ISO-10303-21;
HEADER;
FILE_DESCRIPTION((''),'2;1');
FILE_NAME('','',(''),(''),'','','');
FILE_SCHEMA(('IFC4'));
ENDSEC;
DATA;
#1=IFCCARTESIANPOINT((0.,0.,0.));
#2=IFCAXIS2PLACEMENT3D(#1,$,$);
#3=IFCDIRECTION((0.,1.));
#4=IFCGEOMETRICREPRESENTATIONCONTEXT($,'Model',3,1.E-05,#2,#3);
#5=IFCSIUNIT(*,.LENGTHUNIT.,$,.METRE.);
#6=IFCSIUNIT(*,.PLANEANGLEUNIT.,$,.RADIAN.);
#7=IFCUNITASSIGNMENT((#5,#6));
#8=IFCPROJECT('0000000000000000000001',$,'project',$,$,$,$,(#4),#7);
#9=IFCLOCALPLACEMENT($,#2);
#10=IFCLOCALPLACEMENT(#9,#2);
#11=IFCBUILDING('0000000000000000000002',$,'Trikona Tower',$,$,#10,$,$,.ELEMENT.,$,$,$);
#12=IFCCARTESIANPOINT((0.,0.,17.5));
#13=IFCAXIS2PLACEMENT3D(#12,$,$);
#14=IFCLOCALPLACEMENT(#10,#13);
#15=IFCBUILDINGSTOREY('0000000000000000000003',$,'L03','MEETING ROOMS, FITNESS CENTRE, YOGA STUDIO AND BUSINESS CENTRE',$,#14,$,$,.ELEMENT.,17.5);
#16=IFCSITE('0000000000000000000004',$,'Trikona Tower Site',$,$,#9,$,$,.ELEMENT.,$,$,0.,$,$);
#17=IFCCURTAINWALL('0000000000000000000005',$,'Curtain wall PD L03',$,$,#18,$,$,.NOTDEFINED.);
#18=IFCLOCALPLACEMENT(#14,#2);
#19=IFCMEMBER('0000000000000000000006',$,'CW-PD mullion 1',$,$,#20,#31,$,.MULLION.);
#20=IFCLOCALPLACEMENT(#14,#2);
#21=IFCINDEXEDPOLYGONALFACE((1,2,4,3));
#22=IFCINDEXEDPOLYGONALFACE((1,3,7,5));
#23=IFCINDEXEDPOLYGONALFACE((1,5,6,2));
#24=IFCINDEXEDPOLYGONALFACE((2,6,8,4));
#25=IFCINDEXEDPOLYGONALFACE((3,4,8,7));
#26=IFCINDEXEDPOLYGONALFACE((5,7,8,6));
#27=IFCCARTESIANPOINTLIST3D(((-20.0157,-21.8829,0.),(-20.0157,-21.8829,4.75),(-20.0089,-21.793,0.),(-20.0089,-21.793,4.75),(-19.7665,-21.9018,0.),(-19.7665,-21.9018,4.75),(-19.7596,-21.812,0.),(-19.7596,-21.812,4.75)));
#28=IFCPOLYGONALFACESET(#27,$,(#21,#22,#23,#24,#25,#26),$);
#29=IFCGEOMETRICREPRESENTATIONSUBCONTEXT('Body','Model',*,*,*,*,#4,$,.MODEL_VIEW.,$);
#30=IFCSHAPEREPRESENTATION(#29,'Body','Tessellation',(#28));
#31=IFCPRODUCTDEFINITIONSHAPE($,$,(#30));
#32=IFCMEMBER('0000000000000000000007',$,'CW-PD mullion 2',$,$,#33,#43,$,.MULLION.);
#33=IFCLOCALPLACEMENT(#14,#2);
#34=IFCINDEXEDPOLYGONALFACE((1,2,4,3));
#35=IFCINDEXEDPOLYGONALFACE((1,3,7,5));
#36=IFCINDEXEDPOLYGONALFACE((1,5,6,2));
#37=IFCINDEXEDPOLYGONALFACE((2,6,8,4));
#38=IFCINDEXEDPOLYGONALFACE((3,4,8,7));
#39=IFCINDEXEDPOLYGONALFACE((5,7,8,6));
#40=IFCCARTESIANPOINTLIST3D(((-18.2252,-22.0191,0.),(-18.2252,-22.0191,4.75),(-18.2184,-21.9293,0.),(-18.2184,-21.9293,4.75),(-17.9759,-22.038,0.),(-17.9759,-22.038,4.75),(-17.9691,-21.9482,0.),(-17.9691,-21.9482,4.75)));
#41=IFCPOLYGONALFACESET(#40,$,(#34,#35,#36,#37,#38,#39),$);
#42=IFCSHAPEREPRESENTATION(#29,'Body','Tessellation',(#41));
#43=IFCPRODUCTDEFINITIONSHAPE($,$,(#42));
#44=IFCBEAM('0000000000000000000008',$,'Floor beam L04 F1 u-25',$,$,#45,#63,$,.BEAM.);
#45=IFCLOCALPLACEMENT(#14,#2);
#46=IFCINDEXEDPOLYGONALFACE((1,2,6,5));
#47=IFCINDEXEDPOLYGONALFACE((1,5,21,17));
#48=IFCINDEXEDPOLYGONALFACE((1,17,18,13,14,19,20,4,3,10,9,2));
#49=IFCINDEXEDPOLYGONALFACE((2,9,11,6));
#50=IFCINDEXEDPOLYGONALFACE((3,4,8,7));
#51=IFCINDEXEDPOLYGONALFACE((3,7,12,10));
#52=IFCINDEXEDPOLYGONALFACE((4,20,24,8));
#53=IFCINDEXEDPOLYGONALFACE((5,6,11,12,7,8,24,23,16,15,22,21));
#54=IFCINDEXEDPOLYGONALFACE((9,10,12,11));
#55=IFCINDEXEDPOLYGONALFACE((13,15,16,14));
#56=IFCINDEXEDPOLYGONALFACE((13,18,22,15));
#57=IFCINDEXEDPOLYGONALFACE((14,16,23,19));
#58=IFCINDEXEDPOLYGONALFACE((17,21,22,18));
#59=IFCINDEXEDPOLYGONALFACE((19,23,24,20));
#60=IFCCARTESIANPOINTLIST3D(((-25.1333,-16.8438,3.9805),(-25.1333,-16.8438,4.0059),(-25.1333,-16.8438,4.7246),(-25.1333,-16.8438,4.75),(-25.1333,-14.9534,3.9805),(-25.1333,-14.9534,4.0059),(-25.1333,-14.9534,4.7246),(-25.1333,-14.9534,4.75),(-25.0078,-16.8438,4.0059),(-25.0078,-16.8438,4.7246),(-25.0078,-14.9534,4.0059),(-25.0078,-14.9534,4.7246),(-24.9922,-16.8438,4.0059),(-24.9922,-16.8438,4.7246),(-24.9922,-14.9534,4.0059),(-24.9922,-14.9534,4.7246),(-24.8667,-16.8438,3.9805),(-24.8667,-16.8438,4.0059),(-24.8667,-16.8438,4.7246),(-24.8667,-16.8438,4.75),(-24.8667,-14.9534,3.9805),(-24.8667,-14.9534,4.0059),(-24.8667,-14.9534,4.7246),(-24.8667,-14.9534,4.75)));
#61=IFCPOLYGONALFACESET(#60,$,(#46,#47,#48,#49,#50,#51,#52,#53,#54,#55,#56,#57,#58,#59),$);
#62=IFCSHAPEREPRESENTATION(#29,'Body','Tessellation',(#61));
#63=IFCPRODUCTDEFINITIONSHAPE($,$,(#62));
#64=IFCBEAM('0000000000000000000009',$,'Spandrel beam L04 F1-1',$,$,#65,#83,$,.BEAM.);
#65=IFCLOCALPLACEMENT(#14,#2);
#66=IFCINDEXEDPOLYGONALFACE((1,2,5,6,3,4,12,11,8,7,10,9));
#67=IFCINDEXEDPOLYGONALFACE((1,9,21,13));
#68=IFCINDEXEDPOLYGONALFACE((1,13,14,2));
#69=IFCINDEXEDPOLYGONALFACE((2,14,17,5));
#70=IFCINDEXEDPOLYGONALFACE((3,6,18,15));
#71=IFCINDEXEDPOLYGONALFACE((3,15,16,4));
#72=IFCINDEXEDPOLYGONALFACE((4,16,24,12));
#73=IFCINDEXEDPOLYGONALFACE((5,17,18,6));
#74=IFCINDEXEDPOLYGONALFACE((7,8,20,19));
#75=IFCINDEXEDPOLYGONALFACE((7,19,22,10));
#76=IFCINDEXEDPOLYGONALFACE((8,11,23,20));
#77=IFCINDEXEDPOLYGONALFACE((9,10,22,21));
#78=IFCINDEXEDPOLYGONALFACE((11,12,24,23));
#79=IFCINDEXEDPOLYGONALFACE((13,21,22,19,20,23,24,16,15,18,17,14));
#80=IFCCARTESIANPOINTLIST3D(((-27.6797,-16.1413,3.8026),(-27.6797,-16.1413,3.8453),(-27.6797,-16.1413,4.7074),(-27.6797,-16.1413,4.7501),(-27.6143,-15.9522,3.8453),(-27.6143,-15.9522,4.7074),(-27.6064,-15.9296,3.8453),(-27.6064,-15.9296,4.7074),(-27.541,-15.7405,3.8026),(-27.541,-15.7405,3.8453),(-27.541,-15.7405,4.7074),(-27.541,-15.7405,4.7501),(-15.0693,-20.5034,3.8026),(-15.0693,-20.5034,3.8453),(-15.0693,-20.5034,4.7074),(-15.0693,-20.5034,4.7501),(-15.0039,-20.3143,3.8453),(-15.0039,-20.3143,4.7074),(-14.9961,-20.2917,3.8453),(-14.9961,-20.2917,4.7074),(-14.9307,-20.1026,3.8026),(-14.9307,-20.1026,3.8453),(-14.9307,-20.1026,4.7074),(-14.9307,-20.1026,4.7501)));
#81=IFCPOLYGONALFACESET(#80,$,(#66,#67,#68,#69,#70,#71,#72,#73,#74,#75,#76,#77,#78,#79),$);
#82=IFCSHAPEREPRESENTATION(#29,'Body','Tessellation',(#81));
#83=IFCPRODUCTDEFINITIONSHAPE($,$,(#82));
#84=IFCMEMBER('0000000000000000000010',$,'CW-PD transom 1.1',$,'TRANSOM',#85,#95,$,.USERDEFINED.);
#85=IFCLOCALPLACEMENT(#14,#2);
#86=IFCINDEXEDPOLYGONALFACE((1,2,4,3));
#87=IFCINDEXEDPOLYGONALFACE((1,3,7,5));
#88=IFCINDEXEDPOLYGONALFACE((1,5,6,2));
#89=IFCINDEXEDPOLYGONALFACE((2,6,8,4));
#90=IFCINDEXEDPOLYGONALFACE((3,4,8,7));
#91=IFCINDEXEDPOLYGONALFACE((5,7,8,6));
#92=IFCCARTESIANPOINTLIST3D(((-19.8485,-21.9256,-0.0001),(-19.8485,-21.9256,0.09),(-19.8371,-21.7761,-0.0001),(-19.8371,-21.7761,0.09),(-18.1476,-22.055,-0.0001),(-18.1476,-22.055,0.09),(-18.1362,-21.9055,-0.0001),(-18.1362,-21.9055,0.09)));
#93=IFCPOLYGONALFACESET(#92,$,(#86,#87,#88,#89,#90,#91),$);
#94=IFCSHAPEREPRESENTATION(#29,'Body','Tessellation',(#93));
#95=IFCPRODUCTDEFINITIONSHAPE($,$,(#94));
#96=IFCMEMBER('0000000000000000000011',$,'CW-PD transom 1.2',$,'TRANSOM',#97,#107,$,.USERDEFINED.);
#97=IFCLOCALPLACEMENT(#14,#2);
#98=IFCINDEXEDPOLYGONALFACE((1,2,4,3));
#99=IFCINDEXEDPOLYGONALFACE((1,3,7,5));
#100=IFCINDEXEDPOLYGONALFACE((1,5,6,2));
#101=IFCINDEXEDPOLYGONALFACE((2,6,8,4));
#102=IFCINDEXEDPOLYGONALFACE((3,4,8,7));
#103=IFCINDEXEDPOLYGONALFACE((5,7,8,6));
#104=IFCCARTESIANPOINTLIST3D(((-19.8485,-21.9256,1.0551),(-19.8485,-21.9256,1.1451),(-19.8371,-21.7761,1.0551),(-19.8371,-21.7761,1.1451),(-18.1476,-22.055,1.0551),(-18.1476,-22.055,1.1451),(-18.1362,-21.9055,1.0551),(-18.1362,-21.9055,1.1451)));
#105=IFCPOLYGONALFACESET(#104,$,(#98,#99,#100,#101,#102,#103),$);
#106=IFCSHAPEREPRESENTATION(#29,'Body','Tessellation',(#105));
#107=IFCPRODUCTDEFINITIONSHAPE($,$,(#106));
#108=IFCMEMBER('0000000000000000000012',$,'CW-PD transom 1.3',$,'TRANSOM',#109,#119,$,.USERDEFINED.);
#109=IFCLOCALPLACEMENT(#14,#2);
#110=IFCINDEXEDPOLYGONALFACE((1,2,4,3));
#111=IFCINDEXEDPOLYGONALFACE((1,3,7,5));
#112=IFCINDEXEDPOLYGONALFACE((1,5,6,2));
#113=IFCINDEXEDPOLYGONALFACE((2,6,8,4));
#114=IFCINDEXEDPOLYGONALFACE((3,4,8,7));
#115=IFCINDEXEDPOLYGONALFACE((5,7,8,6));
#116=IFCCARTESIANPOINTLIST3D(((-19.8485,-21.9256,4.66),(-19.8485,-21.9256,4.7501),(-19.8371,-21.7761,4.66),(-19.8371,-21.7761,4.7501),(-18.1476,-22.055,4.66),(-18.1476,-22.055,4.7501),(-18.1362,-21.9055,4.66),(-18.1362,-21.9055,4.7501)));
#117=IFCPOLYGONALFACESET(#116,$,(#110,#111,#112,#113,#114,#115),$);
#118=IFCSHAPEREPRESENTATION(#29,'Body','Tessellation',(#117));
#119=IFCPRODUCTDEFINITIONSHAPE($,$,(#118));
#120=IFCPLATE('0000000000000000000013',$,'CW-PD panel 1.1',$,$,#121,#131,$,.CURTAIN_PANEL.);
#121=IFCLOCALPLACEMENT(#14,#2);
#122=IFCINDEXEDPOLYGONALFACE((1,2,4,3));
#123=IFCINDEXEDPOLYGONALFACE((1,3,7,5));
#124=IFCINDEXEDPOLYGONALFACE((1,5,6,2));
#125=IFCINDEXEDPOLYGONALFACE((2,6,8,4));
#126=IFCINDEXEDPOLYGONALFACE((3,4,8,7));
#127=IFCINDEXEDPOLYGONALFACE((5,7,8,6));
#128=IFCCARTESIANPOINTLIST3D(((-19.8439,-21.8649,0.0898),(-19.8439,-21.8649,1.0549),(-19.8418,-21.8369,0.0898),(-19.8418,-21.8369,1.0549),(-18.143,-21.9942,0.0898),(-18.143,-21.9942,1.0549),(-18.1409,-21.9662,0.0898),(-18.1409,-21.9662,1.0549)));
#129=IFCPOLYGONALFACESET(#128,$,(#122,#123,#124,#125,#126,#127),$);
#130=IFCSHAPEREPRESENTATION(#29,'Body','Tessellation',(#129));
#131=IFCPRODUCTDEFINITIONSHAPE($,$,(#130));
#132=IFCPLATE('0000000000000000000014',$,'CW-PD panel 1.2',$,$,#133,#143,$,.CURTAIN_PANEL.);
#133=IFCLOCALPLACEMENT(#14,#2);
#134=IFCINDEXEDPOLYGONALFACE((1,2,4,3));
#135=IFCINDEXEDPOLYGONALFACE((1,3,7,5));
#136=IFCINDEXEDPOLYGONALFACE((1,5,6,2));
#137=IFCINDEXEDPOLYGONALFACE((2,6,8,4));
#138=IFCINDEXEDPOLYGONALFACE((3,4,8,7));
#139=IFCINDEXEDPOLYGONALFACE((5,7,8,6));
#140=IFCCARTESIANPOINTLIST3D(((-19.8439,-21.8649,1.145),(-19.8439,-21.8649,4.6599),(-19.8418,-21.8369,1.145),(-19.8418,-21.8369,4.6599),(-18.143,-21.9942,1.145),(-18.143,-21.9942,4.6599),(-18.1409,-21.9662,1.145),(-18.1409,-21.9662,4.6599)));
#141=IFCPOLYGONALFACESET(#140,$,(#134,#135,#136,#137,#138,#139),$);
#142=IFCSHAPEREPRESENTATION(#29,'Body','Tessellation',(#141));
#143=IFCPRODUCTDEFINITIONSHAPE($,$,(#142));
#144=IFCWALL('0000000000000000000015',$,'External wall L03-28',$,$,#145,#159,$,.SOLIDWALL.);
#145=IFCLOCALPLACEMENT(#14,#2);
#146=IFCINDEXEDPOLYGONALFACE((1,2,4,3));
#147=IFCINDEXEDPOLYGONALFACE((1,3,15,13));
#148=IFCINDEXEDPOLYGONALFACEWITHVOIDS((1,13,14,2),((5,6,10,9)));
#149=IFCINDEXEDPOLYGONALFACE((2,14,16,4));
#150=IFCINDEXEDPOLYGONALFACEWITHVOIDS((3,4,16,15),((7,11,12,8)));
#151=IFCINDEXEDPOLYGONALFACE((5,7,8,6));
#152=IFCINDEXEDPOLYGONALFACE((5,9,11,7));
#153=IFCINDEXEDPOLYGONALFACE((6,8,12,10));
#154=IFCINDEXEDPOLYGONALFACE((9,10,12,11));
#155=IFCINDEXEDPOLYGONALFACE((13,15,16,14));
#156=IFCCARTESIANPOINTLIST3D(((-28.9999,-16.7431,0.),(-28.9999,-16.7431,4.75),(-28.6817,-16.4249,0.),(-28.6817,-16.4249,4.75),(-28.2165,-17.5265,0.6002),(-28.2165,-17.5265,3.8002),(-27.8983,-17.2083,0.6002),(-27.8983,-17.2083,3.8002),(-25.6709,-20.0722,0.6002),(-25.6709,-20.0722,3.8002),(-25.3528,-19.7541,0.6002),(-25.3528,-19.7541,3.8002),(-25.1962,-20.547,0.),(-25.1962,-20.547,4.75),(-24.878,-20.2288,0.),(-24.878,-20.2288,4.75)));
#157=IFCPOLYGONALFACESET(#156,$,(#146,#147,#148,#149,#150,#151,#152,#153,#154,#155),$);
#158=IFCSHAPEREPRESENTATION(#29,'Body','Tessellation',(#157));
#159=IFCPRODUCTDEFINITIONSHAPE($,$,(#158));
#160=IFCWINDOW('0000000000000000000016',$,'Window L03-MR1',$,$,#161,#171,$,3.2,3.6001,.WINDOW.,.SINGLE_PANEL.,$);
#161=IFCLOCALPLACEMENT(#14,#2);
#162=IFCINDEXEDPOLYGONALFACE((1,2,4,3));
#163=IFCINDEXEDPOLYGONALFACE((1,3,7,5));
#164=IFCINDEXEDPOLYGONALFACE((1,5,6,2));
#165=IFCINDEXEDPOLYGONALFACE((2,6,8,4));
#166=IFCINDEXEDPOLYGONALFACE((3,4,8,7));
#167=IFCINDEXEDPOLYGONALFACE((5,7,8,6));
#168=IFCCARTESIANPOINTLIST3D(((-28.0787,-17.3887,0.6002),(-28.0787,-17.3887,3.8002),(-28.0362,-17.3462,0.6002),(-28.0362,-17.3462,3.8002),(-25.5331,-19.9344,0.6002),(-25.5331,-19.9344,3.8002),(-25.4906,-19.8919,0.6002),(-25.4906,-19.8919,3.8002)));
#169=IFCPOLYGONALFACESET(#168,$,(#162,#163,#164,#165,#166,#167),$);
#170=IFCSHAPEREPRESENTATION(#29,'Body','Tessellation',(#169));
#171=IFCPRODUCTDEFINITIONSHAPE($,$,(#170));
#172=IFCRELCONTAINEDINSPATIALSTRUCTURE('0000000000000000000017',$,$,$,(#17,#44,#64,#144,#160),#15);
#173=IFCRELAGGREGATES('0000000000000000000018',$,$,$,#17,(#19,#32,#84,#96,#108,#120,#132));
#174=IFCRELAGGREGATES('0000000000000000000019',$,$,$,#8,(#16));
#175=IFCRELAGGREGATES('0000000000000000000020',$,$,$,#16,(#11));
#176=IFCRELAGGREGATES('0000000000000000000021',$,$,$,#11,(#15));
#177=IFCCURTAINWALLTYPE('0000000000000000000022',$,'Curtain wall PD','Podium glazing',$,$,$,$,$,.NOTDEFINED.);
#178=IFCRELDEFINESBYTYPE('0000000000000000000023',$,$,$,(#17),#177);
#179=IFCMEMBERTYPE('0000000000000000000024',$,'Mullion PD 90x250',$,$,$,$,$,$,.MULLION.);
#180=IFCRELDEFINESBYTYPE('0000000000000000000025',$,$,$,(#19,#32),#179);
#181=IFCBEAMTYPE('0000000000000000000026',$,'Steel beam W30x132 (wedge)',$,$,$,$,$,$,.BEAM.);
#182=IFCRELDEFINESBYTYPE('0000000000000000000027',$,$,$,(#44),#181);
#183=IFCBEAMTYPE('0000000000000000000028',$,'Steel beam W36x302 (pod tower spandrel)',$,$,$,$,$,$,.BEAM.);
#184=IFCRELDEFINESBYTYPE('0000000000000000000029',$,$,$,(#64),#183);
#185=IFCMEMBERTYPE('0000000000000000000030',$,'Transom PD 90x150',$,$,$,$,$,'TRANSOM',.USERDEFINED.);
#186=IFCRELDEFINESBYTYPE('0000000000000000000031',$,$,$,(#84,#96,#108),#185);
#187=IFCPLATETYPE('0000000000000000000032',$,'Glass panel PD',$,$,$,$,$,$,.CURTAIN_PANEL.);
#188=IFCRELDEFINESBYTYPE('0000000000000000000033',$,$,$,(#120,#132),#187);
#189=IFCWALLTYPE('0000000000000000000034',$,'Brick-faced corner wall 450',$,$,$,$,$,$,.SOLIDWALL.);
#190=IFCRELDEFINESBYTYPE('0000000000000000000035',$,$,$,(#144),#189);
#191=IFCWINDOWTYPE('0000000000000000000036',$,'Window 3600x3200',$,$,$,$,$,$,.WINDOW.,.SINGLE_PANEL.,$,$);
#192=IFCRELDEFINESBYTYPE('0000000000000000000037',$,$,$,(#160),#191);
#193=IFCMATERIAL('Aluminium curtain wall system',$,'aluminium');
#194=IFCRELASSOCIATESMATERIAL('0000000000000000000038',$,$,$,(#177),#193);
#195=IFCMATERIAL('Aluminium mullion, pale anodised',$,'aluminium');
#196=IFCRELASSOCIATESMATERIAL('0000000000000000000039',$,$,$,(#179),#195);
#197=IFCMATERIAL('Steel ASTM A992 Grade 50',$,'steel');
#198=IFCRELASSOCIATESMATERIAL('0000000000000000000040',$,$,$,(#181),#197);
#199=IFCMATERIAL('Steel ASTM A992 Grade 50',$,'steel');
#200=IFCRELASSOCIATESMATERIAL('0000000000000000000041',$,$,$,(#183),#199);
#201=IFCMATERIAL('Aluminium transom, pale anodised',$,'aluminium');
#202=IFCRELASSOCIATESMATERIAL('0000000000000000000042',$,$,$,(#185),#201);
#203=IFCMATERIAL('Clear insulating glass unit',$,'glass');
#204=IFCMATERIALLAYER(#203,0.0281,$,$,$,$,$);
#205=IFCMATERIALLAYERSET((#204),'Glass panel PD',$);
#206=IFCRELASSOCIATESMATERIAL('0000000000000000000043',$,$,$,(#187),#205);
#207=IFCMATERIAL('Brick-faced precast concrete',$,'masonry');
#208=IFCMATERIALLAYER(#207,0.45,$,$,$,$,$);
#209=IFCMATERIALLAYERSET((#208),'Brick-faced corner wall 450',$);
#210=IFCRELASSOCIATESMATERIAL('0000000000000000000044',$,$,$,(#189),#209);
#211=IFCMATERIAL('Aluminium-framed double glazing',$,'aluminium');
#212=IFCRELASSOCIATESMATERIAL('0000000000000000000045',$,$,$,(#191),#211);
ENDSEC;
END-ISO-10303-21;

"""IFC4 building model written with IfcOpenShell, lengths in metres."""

from ifc_helpers import new_model, si_unit, direction, frame, frame_2d, origin, origin_2d, place, context, subcontext, project, spatial, rectangle, i_section, extrude, material, layer, layer_set, material_profile, profile_set, type_object, element, fill, aggregate, save


model = new_model("IFC4")

# Units and contexts
model_context = context("Model", 3, precision=1e-05, world=origin(), true_north=direction((0.0, 1.0)))
body_context = subcontext(model_context, "Body", "Model", "MODEL_VIEW")
ifc_project = project(units=[si_unit("LENGTHUNIT", "METRE"), si_unit("PLANEANGLEUNIT", "RADIAN")], contexts=[model_context])

# Site, building, storey
site_placement = place(None, origin())
site = spatial("IfcSite", under=ifc_project, at=site_placement, Name="Trikona Tower Site", CompositionType="ELEMENT", RefElevation=0.0)
building_placement = place(site_placement, origin())
building = spatial("IfcBuilding", under=site, at=building_placement, Name="Trikona Tower", CompositionType="ELEMENT")
storey_placement = place(building_placement, frame((0.0, 0.0, 17.5)))
storey = spatial("IfcBuildingStorey", under=building, at=storey_placement, Name="L03", Description="MEETING ROOMS, FITNESS CENTRE, YOGA STUDIO AND BUSINESS CENTRE", CompositionType="ELEMENT", Elevation=17.5)

# Curtain wall, members
ifc_material_1 = material(Name="Aluminium curtain wall system", Category="aluminium")
curtain_wall_type = type_object("IfcCurtainWallType", Name="Curtain wall PD", Description="Podium glazing", PredefinedType="NOTDEFINED", material=ifc_material_1)
curtain_wall_placement = place(storey_placement, origin())
curtain_wall = element("IfcCurtainWall", 1, at=curtain_wall_placement, inside=storey, type_object=curtain_wall_type, Name="Curtain wall PD L03", PredefinedType="NOTDEFINED")
ifc_material_2 = material(Name="Aluminium mullion, pale anodised", Category="aluminium")
ifc_material_profile_1 = material_profile(ifc_material_2, rectangle(XDim=0.0901, YDim=0.25, at=origin_2d()), Name="MUL-PD")
ifc_profile_set_1 = profile_set([ifc_material_profile_1], Name="Aluminium mullion, pale anodised")
member_type_1 = type_object("IfcMemberType", Name="Mullion PD 90x250", PredefinedType="MULLION", material=ifc_profile_set_1)
member_1_placement = place(storey_placement, frame((-19.8877, -21.8474, 0.0), z_axis=(0.0, 0.0, 1.0), x_axis=(0.075776, 0.997125, 0.0)))
member_1 = element("IfcMember", 2, at=member_1_placement, type_object=member_type_1, Name="CW-PD mullion 1", PredefinedType="MULLION", context=body_context, shape_type="SweptSolid", body=[
    extrude(rectangle(XDim=0.0901, YDim=0.25, at=origin_2d()), origin(), (0.0, 0.0, 1.0), 4.75),
])
member_2_placement = place(storey_placement, frame((-18.0972, -21.9836, 0.0), z_axis=(0.0, 0.0, 1.0), x_axis=(0.075776, 0.997125, 0.0)))
member_2 = element("IfcMember", 3, at=member_2_placement, type_object=member_type_1, Name="CW-PD mullion 2", PredefinedType="MULLION", context=body_context, shape_type="SweptSolid", body=[
    extrude(rectangle(XDim=0.0901, YDim=0.25, at=origin_2d()), origin(), (0.0, 0.0, 1.0), 4.75),
])

# Beams
ifc_material_3 = material(Name="Steel ASTM A992 Grade 50", Category="steel")
ifc_material_profile_2 = material_profile(ifc_material_3, i_section(OverallWidth=0.2666, OverallDepth=0.7695, WebThickness=0.0156, FlangeThickness=0.0254, at=origin_2d()), Name="W30X132")
ifc_profile_set_2 = profile_set([ifc_material_profile_2], Name="Steel ASTM A992 Grade 50")
beam_type_1 = type_object("IfcBeamType", Name="Steel beam W30x132 (wedge)", PredefinedType="BEAM", material=ifc_profile_set_2)
beam_1_placement = place(storey_placement, frame((-25.0, -14.9534, 4.3652), z_axis=(0.0, -1.0, 0.0), x_axis=(1.0, 0.0, 0.0)))
element("IfcBeam", 4, at=beam_1_placement, inside=storey, type_object=beam_type_1, Name="Floor beam L04 F1 u-25", PredefinedType="BEAM", context=body_context, shape_type="SweptSolid", body=[
    extrude(i_section(OverallWidth=0.2666, OverallDepth=0.7695, WebThickness=0.0156, FlangeThickness=0.0254, at=origin_2d()), origin(), (0.0, 0.0, 1.0), 1.8904),
])
ifc_material_4 = material(Name="Steel ASTM A992 Grade 50", Category="steel")
ifc_material_profile_3 = material_profile(ifc_material_4, i_section(OverallWidth=0.4241, OverallDepth=0.9475, WebThickness=0.0239, FlangeThickness=0.0427, at=origin_2d()), Name="W36X302")
ifc_profile_set_3 = profile_set([ifc_material_profile_3], Name="Steel ASTM A992 Grade 50")
beam_type_2 = type_object("IfcBeamType", Name="Steel beam W36x302 (pod tower spandrel)", PredefinedType="BEAM", material=ifc_profile_set_3)
beam_2_placement = place(storey_placement, frame((-27.6104, -15.9409, 4.2764), z_axis=(0.945057, -0.326906, 0.0), x_axis=(0.326906, 0.945057, 0.0)))
element("IfcBeam", 5, at=beam_2_placement, inside=storey, type_object=beam_type_2, Name="Spandrel beam L04 F1-1", PredefinedType="BEAM", context=body_context, shape_type="SweptSolid", body=[
    extrude(i_section(OverallWidth=0.4241, OverallDepth=0.9475, WebThickness=0.0239, FlangeThickness=0.0427, at=origin_2d()), origin(), (0.0, 0.0, 1.0), 13.3435),
])

# Members
ifc_material_5 = material(Name="Aluminium transom, pale anodised", Category="aluminium")
ifc_material_profile_4 = material_profile(ifc_material_5, rectangle(XDim=0.1499, YDim=0.0901, at=origin_2d()), Name="TRN-PD")
ifc_profile_set_4 = profile_set([ifc_material_profile_4], Name="Aluminium transom, pale anodised")
member_type_2 = type_object("IfcMemberType", Name="Transom PD 90x150", ElementType="TRANSOM", PredefinedType="USERDEFINED", material=ifc_profile_set_4)
member_3_placement = place(storey_placement, frame((-19.8428, -21.8508, 0.0449), z_axis=(0.997119, -0.075854, 0.0), x_axis=(0.075854, 0.997119, 0.0)))
member_3 = element("IfcMember", 6, at=member_3_placement, type_object=member_type_2, Name="CW-PD transom 1.1", ObjectType="TRANSOM", PredefinedType="USERDEFINED", context=body_context, shape_type="SweptSolid", body=[
    extrude(rectangle(XDim=0.1499, YDim=0.0901, at=origin_2d()), origin(), (0.0, 0.0, 1.0), 1.7058),
])
member_4_placement = place(storey_placement, frame((-19.8428, -21.8508, 1.1001), z_axis=(0.997119, -0.075854, 0.0), x_axis=(0.075854, 0.997119, 0.0)))
member_4 = element("IfcMember", 7, at=member_4_placement, type_object=member_type_2, Name="CW-PD transom 1.2", ObjectType="TRANSOM", PredefinedType="USERDEFINED", context=body_context, shape_type="SweptSolid", body=[
    extrude(rectangle(XDim=0.1499, YDim=0.0901, at=origin_2d()), origin(), (0.0, 0.0, 1.0), 1.7058),
])
member_5_placement = place(storey_placement, frame((-19.8428, -21.8508, 4.7051), z_axis=(0.997119, -0.075854, 0.0), x_axis=(0.075854, 0.997119, 0.0)))
member_5 = element("IfcMember", 8, at=member_5_placement, type_object=member_type_2, Name="CW-PD transom 1.3", ObjectType="TRANSOM", PredefinedType="USERDEFINED", context=body_context, shape_type="SweptSolid", body=[
    extrude(rectangle(XDim=0.1499, YDim=0.0901, at=origin_2d()), origin(), (0.0, 0.0, 1.0), 1.7058),
])

# Plates
ifc_material_6 = material(Name="Clear insulating glass unit", Category="glass")
ifc_layer_1 = layer(ifc_material_6, 0.0281)
ifc_layer_set_1 = layer_set([ifc_layer_1], Name="Glass panel PD")
plate_type = type_object("IfcPlateType", Name="Glass panel PD", PredefinedType="CURTAIN_PANEL", material=ifc_layer_set_1)
plate_1_placement = place(storey_placement, frame((-18.9924, -21.9155, 0.0898), z_axis=(0.0, 0.0, 1.0), x_axis=(0.997125, -0.075776, 0.0)))
plate_1 = element("IfcPlate", 9, at=plate_1_placement, type_object=plate_type, Name="CW-PD panel 1.1", PredefinedType="CURTAIN_PANEL", context=body_context, shape_type="SweptSolid", body=[
    extrude(rectangle(XDim=1.7058, YDim=0.0281, at=origin_2d()), origin(), (0.0, 0.0, 1.0), 0.9651),
])
plate_2_placement = place(storey_placement, frame((-18.9924, -21.9155, 1.145), z_axis=(0.0, 0.0, 1.0), x_axis=(0.997125, -0.075776, 0.0)))
plate_2 = element("IfcPlate", 10, at=plate_2_placement, type_object=plate_type, Name="CW-PD panel 1.2", PredefinedType="CURTAIN_PANEL", context=body_context, shape_type="SweptSolid", body=[
    extrude(rectangle(XDim=1.7058, YDim=0.0281, at=origin_2d()), origin(), (0.0, 0.0, 1.0), 3.5149),
])
aggregate(curtain_wall, [member_1, member_2, member_3, member_4, member_5, plate_1, plate_2])

# Wall, opening, window
ifc_material_7 = material(Name="Brick-faced precast concrete", Category="masonry")
ifc_layer_2 = layer(ifc_material_7, 0.45)
ifc_layer_set_2 = layer_set([ifc_layer_2], Name="Brick-faced corner wall 450")
wall_type = type_object("IfcWallType", Name="Brick-faced corner wall 450", PredefinedType="SOLIDWALL", material=ifc_layer_set_2)
wall_1_placement = place(storey_placement, frame((-28.8408, -16.584, 0.0), z_axis=(0.0, 0.0, 1.0), x_axis=(0.707084, -0.707129, 0.0)))
wall_1 = element("IfcWall", 11, at=wall_1_placement, inside=storey, type_object=wall_type, Name="External wall L03-28", PredefinedType="SOLIDWALL", context=body_context, shape_type="SweptSolid", body=[
    extrude(rectangle(XDim=5.3794, YDim=0.45, at=frame_2d((2.6897, 0.0))), origin(), (0.0, 0.0, 1.0), 4.75),
])
opening_1_placement = place(wall_1_placement, frame((1.1079, 0.0, 0.6001)))
opening_1 = element("IfcOpeningElement", 12, at=opening_1_placement, cuts=wall_1, PredefinedType="OPENING", context=body_context, shape_type="SweptSolid", body=[
    extrude(rectangle(XDim=3.6001, YDim=3.2, at=frame_2d((1.8, 1.6001))), frame((0.0, 0.2349, 0.0), z_axis=(0.0, -1.0, 0.0), x_axis=(1.0, 0.0, 0.0)), (0.0, 0.0, 1.0), 0.47),
])
ifc_material_8 = material(Name="Aluminium-framed double glazing", Category="aluminium")
window_type_1 = type_object("IfcWindowType", Name="Window 3600x3200", PartitioningType="SINGLE_PANEL", PredefinedType="WINDOW", material=ifc_material_8)
window_1_placement = place(opening_1_placement, origin())
window_1 = element("IfcWindow", 13, at=window_1_placement, inside=storey, type_object=window_type_1, Name="Window L03-MR1", OverallHeight=3.2, OverallWidth=3.6001, PartitioningType="SINGLE_PANEL", PredefinedType="WINDOW", context=body_context, shape_type="SweptSolid", body=[
    extrude(rectangle(XDim=3.6001, YDim=3.2, at=frame_2d((1.8, 1.6001))), frame((0.0, 0.03, 0.0), z_axis=(0.0, -1.0, 0.0), x_axis=(1.0, 0.0, 0.0)), (0.0, 0.0, 1.0), 0.0601),
])
fill(opening_1, window_1)

save(model, "model.ifc")
